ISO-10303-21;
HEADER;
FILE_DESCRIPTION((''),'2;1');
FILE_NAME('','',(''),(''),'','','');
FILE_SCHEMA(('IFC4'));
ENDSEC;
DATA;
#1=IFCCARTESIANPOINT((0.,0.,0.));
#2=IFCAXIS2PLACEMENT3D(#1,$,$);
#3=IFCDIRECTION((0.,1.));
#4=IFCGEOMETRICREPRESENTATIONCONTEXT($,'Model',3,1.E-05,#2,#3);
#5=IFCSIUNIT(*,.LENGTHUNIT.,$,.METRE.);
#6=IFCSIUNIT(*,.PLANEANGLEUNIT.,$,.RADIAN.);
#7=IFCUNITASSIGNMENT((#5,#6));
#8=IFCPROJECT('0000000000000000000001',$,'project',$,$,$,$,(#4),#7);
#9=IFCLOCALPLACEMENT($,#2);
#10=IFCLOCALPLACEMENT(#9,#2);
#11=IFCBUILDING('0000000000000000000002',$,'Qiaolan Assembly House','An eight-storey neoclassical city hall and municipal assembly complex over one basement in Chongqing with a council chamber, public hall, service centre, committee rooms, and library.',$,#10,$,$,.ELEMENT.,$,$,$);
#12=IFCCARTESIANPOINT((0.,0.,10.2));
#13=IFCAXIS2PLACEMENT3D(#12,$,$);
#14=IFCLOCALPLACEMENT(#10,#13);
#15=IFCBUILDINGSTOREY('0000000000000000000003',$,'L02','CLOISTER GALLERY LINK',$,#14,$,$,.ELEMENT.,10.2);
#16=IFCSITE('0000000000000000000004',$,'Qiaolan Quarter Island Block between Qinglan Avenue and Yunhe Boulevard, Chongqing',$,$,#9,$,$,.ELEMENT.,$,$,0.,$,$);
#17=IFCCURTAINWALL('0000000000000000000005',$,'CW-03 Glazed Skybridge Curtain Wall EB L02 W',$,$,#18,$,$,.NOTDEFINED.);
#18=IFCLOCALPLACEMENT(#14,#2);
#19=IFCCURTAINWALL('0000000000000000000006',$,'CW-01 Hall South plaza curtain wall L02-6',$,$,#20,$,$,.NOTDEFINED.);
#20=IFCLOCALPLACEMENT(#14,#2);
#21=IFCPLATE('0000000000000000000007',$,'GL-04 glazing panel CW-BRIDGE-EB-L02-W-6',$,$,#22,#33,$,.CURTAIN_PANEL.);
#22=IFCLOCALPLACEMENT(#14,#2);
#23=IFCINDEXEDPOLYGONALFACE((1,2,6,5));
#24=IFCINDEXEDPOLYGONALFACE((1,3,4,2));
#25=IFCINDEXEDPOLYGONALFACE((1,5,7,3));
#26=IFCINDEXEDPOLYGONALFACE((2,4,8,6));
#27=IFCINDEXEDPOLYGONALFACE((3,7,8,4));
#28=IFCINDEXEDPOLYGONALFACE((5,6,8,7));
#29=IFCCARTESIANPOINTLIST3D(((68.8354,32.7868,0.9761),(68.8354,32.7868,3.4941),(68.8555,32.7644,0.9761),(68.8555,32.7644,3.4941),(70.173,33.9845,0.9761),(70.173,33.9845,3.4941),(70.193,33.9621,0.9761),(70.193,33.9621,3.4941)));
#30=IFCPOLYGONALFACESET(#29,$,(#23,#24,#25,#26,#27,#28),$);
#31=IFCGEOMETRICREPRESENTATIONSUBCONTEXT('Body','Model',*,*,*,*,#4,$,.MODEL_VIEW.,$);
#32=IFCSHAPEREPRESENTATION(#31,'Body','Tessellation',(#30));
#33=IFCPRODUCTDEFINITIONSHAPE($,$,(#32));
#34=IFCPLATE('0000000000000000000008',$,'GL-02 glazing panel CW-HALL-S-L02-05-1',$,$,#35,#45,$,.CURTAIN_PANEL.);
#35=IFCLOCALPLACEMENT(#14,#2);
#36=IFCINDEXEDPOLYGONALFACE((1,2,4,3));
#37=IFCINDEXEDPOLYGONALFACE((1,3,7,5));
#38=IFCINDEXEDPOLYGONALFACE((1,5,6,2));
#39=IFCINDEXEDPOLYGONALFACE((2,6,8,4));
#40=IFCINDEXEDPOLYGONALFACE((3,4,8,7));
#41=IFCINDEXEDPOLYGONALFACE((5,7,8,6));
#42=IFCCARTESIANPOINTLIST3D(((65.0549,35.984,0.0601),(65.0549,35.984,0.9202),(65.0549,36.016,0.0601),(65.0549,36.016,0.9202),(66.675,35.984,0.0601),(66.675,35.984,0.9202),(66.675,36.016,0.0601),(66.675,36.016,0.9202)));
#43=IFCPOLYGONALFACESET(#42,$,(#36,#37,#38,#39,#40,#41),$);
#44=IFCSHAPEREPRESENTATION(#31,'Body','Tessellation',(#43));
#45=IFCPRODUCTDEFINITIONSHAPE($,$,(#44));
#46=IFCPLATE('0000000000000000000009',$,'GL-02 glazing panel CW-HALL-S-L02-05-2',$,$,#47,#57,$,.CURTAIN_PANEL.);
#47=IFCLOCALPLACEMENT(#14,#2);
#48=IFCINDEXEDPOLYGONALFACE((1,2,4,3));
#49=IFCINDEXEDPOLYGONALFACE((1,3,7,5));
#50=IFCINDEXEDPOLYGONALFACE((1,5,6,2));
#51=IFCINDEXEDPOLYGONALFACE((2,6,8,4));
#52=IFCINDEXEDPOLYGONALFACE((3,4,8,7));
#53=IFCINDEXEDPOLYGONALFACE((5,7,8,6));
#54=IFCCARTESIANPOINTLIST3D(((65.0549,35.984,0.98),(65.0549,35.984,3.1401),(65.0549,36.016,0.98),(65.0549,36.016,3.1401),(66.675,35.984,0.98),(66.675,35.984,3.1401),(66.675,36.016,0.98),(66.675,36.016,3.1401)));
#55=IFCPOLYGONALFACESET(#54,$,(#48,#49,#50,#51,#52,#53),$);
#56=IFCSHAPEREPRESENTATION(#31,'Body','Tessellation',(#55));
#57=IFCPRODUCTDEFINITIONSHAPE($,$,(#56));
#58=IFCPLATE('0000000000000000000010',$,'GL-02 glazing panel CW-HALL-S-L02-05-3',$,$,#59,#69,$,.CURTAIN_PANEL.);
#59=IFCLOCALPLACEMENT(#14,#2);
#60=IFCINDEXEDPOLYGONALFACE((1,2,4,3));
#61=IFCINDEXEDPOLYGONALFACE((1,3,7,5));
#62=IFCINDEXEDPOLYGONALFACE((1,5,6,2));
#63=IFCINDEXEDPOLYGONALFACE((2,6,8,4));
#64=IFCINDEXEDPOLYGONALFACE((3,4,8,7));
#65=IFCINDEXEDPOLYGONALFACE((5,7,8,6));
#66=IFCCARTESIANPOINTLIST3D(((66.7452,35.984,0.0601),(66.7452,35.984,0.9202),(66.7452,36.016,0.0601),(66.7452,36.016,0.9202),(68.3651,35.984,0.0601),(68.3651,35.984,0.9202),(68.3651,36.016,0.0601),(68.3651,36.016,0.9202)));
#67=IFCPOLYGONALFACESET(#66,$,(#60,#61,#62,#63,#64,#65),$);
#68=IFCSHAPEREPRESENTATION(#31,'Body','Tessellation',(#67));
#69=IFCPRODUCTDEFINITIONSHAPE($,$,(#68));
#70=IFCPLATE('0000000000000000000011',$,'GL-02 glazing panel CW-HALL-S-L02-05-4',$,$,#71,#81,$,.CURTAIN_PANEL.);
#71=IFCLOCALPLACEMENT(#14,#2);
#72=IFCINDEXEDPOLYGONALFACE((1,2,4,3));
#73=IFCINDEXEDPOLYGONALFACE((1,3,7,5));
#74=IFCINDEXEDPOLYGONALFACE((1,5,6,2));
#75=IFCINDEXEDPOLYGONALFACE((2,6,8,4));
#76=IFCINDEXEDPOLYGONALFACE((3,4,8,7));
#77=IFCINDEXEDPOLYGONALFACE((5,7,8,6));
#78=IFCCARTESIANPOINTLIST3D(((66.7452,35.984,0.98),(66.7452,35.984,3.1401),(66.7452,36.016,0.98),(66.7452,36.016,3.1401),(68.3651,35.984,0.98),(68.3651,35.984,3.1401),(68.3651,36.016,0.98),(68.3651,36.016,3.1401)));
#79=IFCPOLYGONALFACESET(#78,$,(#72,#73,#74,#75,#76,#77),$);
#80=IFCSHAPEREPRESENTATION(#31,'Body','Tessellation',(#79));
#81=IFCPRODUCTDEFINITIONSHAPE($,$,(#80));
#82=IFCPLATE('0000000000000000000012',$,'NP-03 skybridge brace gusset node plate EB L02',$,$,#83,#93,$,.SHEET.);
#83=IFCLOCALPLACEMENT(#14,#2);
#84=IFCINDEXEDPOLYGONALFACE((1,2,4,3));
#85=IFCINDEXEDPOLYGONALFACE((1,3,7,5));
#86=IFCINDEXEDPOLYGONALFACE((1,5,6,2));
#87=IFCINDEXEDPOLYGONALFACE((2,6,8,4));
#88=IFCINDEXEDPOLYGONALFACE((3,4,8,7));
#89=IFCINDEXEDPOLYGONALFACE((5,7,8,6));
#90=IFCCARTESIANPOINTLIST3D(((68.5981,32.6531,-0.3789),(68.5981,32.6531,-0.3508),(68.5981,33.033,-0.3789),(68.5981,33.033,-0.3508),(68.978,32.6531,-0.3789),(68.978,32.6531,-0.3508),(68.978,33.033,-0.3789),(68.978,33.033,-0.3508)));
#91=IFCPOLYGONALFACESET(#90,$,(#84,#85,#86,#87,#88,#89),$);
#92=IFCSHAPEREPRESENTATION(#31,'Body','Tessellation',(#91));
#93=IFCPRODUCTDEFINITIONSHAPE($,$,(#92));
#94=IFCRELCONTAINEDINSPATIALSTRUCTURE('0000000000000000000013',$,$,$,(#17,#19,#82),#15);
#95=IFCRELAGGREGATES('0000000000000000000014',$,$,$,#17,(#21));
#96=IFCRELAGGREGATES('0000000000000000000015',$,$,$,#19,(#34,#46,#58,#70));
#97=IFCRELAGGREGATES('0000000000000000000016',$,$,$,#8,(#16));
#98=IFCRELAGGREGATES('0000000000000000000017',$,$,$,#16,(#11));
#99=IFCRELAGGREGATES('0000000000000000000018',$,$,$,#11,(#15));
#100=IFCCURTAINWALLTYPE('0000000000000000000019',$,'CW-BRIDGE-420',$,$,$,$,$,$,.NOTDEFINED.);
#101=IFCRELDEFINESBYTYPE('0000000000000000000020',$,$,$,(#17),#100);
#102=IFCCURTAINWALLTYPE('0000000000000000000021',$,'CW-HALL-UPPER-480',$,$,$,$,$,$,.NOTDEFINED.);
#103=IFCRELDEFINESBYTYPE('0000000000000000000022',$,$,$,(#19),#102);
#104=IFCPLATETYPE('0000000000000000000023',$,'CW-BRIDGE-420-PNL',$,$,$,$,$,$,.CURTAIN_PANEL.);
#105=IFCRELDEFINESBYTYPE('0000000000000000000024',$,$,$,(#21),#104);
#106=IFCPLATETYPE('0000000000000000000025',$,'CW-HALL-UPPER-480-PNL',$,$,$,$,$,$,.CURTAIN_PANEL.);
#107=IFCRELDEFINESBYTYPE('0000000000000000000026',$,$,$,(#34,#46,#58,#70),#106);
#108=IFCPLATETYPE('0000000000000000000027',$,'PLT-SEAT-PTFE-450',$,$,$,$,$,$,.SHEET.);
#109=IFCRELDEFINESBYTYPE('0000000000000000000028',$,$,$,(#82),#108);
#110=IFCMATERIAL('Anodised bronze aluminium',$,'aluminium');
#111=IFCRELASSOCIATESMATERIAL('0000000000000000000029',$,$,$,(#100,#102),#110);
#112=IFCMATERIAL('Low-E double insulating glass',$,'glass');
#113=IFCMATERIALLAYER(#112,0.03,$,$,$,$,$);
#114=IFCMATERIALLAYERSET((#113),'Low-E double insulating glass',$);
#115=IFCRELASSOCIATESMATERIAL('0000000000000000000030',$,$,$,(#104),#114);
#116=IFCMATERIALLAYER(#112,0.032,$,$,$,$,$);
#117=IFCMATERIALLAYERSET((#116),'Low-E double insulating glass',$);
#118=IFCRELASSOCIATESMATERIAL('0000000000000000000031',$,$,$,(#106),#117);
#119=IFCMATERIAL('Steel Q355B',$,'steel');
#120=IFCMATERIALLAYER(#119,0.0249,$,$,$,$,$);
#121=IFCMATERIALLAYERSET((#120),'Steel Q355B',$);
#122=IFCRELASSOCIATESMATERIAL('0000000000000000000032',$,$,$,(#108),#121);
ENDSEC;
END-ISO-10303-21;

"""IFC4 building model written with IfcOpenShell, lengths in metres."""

from ifc_helpers import new_model, si_unit, direction, frame, frame_2d, origin, origin_2d, place, context, subcontext, project, spatial, rectangle, extrude, material, layer, layer_set, type_object, element, aggregate, save


model = new_model("IFC4")

# Units and contexts
model_context = context("Model", 3, precision=1e-05, world=origin(), true_north=direction((0.0, 1.0)))
body_context = subcontext(model_context, "Body", "Model", "MODEL_VIEW")
ifc_project = project(units=[si_unit("LENGTHUNIT", "METRE"), si_unit("PLANEANGLEUNIT", "RADIAN")], contexts=[model_context])

# Site, building, storey
site_placement = place(None, origin())
site = spatial("IfcSite", under=ifc_project, at=site_placement, Name="Qiaolan Quarter Island Block between Qinglan Avenue and Yunhe Boulevard, Chongqing", CompositionType="ELEMENT", RefElevation=0.0)
building_placement = place(site_placement, origin())
building = spatial("IfcBuilding", under=site, at=building_placement, Name="Qiaolan Assembly House", Description="An eight-storey neoclassical city hall and municipal assembly complex over one basement in Chongqing with a council chamber, public hall, service centre, committee rooms, and library.", CompositionType="ELEMENT")
storey_placement = place(building_placement, frame((0.0, 0.0, 10.2)))
storey = spatial("IfcBuildingStorey", under=building, at=storey_placement, Name="L02", Description="CLOISTER GALLERY LINK", CompositionType="ELEMENT", Elevation=10.2)

# Shared definitions
ifc_material_1 = material(Name="Steel Q355B", Category="steel")

# Curtain wall
ifc_material_2 = material(Name="Anodised bronze aluminium", Category="aluminium")
curtain_wall_type_1 = type_object("IfcCurtainWallType", Name="CW-BRIDGE-420", PredefinedType="NOTDEFINED", material=ifc_material_2)
curtain_wall_1_placement = place(storey_placement, origin())
curtain_wall_1 = element("IfcCurtainWall", 1, at=curtain_wall_1_placement, inside=storey, type_object=curtain_wall_type_1, Name="CW-03 Glazed Skybridge Curtain Wall EB L02 W", PredefinedType="NOTDEFINED")

# Shared definitions
curtain_wall_type_2 = type_object("IfcCurtainWallType", Name="CW-HALL-UPPER-480", PredefinedType="NOTDEFINED", material=ifc_material_2)

# Curtain wall
curtain_wall_2_placement = place(storey_placement, origin())
curtain_wall_2 = element("IfcCurtainWall", 2, at=curtain_wall_2_placement, inside=storey, type_object=curtain_wall_type_2, Name="CW-01 Hall South plaza curtain wall L02-6", PredefinedType="NOTDEFINED")

# Plates
ifc_material_3 = material(Name="Low-E double insulating glass", Category="glass")
ifc_layer_1 = layer(ifc_material_3, 0.03)
ifc_layer_set_1 = layer_set([ifc_layer_1], Name="Low-E double insulating glass")
plate_type_1 = type_object("IfcPlateType", Name="CW-BRIDGE-420-PNL", PredefinedType="CURTAIN_PANEL", material=ifc_layer_set_1)
plate_1_placement = place(storey_placement, frame((68.8455, 32.7756, 0.9761), z_axis=(0.0, 0.0, 1.0), x_axis=(0.744989, 0.667077, 0.0)))
plate_1 = element("IfcPlate", 3, at=plate_1_placement, type_object=plate_type_1, Name="GL-04 glazing panel CW-BRIDGE-EB-L02-W-6", PredefinedType="CURTAIN_PANEL", context=body_context, shape_type="SweptSolid", body=[
    extrude(rectangle(XDim=1.7954, YDim=0.03, at=frame_2d((0.8977, 0.0))), origin(), (0.0, 0.0, 1.0), 2.5181),
])
aggregate(curtain_wall_1, [plate_1])
ifc_layer_2 = layer(ifc_material_3, 0.032)
ifc_layer_set_2 = layer_set([ifc_layer_2], Name="Low-E double insulating glass")
plate_type_2 = type_object("IfcPlateType", Name="CW-HALL-UPPER-480-PNL", PredefinedType="CURTAIN_PANEL", material=ifc_layer_set_2)
plate_2_placement = place(storey_placement, frame((65.0549, 36.0, 0.0601), z_axis=(0.0, 0.0, 1.0), x_axis=(1.0, 0.0, 0.0)))
plate_2 = element("IfcPlate", 4, at=plate_2_placement, type_object=plate_type_2, Name="GL-02 glazing panel CW-HALL-S-L02-05-1", PredefinedType="CURTAIN_PANEL", context=body_context, shape_type="SweptSolid", body=[
    extrude(rectangle(XDim=1.6201, YDim=0.032, at=frame_2d((0.8101, 0.0))), origin(), (0.0, 0.0, 1.0), 0.8601),
])
plate_3_placement = place(storey_placement, frame((65.0549, 36.0, 0.98), z_axis=(0.0, 0.0, 1.0), x_axis=(1.0, 0.0, 0.0)))
plate_3 = element("IfcPlate", 5, at=plate_3_placement, type_object=plate_type_2, Name="GL-02 glazing panel CW-HALL-S-L02-05-2", PredefinedType="CURTAIN_PANEL", context=body_context, shape_type="SweptSolid", body=[
    extrude(rectangle(XDim=1.6201, YDim=0.032, at=frame_2d((0.8101, 0.0))), origin(), (0.0, 0.0, 1.0), 2.1602),
])
plate_4_placement = place(storey_placement, frame((66.7451, 36.0, 0.0601), z_axis=(0.0, 0.0, 1.0), x_axis=(1.0, 0.0, 0.0)))
plate_4 = element("IfcPlate", 6, at=plate_4_placement, type_object=plate_type_2, Name="GL-02 glazing panel CW-HALL-S-L02-05-3", PredefinedType="CURTAIN_PANEL", context=body_context, shape_type="SweptSolid", body=[
    extrude(rectangle(XDim=1.6199, YDim=0.032, at=frame_2d((0.8101, 0.0))), origin(), (0.0, 0.0, 1.0), 0.8601),
])
plate_5_placement = place(storey_placement, frame((66.7451, 36.0, 0.98), z_axis=(0.0, 0.0, 1.0), x_axis=(1.0, 0.0, 0.0)))
plate_5 = element("IfcPlate", 7, at=plate_5_placement, type_object=plate_type_2, Name="GL-02 glazing panel CW-HALL-S-L02-05-4", PredefinedType="CURTAIN_PANEL", context=body_context, shape_type="SweptSolid", body=[
    extrude(rectangle(XDim=1.6199, YDim=0.032, at=frame_2d((0.8101, 0.0))), origin(), (0.0, 0.0, 1.0), 2.1602),
])
aggregate(curtain_wall_2, [plate_2, plate_3, plate_4, plate_5])
ifc_layer_3 = layer(ifc_material_1, 0.0249)
ifc_layer_set_3 = layer_set([ifc_layer_3], Name="Steel Q355B")
plate_type_3 = type_object("IfcPlateType", Name="PLT-SEAT-PTFE-450", PredefinedType="SHEET", material=ifc_layer_set_3)
plate_6_placement = place(storey_placement, frame((68.7881, 32.843, -0.3789), z_axis=(0.0, 0.0, 1.0), x_axis=(1.0, 0.0, 0.0)))
element("IfcPlate", 8, at=plate_6_placement, inside=storey, type_object=plate_type_3, Name="NP-03 skybridge brace gusset node plate EB L02", PredefinedType="SHEET", context=body_context, shape_type="SweptSolid", body=[
    extrude(rectangle(XDim=0.3799, YDim=0.3799, at=origin_2d()), origin(), (0.0, 0.0, 1.0), 0.0281),
])

save(model, "model.ifc")
